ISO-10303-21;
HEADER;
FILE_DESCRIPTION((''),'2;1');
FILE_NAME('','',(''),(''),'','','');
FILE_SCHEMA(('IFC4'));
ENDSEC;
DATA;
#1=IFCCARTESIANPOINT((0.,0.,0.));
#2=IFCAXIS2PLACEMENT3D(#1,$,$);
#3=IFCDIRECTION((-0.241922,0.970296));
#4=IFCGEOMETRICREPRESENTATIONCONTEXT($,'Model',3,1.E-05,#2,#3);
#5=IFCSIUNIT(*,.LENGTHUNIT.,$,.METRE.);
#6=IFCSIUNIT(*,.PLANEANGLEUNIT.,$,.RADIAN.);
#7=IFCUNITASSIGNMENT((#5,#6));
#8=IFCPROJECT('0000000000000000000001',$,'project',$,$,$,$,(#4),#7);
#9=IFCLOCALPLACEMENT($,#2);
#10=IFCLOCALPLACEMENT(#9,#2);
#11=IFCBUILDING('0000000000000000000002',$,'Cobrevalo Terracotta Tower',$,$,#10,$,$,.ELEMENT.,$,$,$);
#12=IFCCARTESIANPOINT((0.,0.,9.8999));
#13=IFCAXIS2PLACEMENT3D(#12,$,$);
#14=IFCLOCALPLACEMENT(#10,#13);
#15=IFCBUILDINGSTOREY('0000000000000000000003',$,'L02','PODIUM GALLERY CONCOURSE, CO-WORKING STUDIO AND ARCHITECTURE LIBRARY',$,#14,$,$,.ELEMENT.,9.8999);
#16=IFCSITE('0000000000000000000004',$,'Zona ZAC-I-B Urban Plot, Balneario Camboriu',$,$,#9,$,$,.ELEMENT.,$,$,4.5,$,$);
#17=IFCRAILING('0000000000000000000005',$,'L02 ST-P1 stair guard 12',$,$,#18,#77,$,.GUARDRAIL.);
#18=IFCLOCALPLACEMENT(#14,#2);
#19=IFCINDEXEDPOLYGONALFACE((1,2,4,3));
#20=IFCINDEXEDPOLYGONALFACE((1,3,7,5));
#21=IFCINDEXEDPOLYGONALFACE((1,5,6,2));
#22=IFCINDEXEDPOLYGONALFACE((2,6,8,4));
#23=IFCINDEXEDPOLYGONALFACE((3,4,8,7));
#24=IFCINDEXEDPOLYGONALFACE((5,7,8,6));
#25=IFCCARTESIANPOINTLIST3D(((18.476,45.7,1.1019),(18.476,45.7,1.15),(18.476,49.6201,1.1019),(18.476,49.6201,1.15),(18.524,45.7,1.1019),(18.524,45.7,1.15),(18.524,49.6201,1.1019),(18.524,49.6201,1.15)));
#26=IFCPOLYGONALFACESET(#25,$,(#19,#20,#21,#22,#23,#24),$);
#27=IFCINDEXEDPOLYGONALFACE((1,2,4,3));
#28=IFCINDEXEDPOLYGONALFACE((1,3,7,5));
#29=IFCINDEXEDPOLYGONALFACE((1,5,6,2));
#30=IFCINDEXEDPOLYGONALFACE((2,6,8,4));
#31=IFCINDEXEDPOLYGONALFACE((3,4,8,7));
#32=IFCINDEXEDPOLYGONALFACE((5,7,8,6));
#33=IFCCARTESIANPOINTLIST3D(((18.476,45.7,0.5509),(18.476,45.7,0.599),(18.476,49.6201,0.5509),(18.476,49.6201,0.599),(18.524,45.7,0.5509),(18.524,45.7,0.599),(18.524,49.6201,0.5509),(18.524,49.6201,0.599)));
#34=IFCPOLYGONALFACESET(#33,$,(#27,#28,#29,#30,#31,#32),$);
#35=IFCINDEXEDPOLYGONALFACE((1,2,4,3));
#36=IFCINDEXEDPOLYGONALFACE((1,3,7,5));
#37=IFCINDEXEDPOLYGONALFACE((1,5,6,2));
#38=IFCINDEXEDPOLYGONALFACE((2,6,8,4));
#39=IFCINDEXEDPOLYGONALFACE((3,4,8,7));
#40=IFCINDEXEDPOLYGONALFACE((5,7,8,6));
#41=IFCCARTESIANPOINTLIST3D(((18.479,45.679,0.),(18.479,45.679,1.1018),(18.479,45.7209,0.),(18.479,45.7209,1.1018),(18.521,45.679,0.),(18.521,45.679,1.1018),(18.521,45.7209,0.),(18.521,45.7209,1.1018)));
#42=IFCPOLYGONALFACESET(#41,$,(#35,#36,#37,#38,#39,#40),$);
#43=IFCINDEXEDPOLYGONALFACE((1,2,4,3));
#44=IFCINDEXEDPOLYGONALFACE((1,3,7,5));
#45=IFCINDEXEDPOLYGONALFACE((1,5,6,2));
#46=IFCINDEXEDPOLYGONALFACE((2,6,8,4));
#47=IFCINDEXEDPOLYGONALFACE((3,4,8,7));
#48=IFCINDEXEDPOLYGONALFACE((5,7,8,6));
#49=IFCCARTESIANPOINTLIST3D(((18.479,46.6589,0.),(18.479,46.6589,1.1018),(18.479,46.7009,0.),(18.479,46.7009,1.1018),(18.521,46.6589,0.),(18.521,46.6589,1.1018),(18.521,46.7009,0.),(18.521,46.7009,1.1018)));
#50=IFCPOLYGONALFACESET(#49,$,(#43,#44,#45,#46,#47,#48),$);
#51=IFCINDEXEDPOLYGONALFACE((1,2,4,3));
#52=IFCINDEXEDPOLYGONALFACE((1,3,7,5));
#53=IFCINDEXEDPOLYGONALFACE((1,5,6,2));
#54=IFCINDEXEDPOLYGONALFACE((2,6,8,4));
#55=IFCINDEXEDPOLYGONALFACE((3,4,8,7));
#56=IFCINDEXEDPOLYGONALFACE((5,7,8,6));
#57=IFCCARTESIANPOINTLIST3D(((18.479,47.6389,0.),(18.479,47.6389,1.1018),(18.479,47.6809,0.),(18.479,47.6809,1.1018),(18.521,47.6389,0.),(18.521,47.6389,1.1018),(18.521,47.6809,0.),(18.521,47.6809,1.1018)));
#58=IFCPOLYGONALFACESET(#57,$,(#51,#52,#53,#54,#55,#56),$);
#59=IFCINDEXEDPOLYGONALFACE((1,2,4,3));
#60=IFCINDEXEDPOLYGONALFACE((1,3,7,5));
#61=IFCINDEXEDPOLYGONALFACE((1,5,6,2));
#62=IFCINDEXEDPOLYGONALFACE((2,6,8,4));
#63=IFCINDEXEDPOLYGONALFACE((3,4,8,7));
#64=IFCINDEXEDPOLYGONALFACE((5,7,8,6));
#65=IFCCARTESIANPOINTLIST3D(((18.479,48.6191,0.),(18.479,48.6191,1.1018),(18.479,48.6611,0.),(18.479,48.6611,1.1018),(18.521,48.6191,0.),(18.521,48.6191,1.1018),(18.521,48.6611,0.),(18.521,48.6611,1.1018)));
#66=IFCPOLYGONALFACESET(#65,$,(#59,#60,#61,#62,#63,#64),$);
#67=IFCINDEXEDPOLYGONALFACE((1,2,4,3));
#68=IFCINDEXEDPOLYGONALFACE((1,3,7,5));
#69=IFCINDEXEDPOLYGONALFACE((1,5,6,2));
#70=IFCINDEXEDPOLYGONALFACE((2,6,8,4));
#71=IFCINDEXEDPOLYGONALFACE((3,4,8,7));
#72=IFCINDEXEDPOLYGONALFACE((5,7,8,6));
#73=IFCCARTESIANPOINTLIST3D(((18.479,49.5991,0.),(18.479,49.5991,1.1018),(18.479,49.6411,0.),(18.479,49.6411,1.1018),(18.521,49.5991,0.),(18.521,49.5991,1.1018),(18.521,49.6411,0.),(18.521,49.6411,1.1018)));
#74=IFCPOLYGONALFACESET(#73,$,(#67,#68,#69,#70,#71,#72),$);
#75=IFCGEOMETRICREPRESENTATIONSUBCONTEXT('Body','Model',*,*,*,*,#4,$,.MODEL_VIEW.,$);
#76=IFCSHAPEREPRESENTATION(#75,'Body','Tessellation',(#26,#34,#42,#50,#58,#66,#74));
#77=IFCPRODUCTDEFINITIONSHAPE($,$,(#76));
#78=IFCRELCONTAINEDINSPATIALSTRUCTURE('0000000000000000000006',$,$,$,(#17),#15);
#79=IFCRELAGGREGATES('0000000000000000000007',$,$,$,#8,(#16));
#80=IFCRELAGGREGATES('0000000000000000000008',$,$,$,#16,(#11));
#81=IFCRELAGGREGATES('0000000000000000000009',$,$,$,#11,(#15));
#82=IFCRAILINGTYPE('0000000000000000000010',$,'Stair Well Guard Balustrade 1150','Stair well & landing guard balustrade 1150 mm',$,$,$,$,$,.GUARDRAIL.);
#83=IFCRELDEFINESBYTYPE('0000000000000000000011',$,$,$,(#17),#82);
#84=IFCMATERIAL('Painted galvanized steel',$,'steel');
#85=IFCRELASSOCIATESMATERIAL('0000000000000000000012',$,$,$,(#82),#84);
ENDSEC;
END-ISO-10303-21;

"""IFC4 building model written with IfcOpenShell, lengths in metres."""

from ifc_helpers import new_model, si_unit, direction, frame, origin, origin_2d, place, context, subcontext, project, spatial, rectangle, extrude, material, type_object, element, save


model = new_model("IFC4")

# Units and contexts
model_context = context("Model", 3, precision=1e-05, world=origin(), true_north=direction((-0.241922, 0.970296)))
body_context = subcontext(model_context, "Body", "Model", "MODEL_VIEW")
ifc_project = project(units=[si_unit("LENGTHUNIT", "METRE"), si_unit("PLANEANGLEUNIT", "RADIAN")], contexts=[model_context])

# Site, building, storey
site_placement = place(None, origin())
site = spatial("IfcSite", under=ifc_project, at=site_placement, Name="Zona ZAC-I-B Urban Plot, Balneario Camboriu", CompositionType="ELEMENT", RefElevation=4.5)
building_placement = place(site_placement, origin())
building = spatial("IfcBuilding", under=site, at=building_placement, Name="Cobrevalo Terracotta Tower", CompositionType="ELEMENT")
storey_placement = place(building_placement, frame((0.0, 0.0, 9.8999)))
storey = spatial("IfcBuildingStorey", under=building, at=storey_placement, Name="L02", Description="PODIUM GALLERY CONCOURSE, CO-WORKING STUDIO AND ARCHITECTURE LIBRARY", CompositionType="ELEMENT", Elevation=9.8999)

# Railing
ifc_material_1 = material(Name="Painted galvanized steel", Category="steel")
railing_type = type_object("IfcRailingType", Name="Stair Well Guard Balustrade 1150", Description="Stair well & landing guard balustrade 1150 mm", PredefinedType="GUARDRAIL", material=ifc_material_1)
railing_placement = place(storey_placement, frame((18.5, 45.7, 0.0)))
element("IfcRailing", 1, at=railing_placement, inside=storey, type_object=railing_type, Name="L02 ST-P1 stair guard 12", PredefinedType="GUARDRAIL", context=body_context, shape_type="SweptSolid", body=[
    extrude(rectangle(XDim=0.0481, YDim=0.0481, at=origin_2d()), frame((0.0, 0.0, 1.126), z_axis=(0.0, 1.0, 0.0), x_axis=(-1.0, 0.0, 0.0)), (0.0, 0.0, 1.0), 3.9202),
    extrude(rectangle(XDim=0.0481, YDim=0.0481, at=origin_2d()), frame((0.0, 0.0, 0.575), z_axis=(0.0, 1.0, 0.0), x_axis=(-1.0, 0.0, 0.0)), (0.0, 0.0, 1.0), 3.9202),
    extrude(rectangle(XDim=0.042, YDim=0.042, at=origin_2d()), origin(), (0.0, 0.0, 1.0), 1.1018),
    extrude(rectangle(XDim=0.042, YDim=0.042, at=origin_2d()), frame((0.0, 0.98, 0.0)), (0.0, 0.0, 1.0), 1.1018),
    extrude(rectangle(XDim=0.042, YDim=0.042, at=origin_2d()), frame((0.0, 1.96, 0.0)), (0.0, 0.0, 1.0), 1.1018),
    extrude(rectangle(XDim=0.042, YDim=0.042, at=origin_2d()), frame((0.0, 2.9402, 0.0)), (0.0, 0.0, 1.0), 1.1018),
    extrude(rectangle(XDim=0.042, YDim=0.042, at=origin_2d()), frame((0.0, 3.9202, 0.0)), (0.0, 0.0, 1.0), 1.1018),
])

save(model, "model.ifc")
